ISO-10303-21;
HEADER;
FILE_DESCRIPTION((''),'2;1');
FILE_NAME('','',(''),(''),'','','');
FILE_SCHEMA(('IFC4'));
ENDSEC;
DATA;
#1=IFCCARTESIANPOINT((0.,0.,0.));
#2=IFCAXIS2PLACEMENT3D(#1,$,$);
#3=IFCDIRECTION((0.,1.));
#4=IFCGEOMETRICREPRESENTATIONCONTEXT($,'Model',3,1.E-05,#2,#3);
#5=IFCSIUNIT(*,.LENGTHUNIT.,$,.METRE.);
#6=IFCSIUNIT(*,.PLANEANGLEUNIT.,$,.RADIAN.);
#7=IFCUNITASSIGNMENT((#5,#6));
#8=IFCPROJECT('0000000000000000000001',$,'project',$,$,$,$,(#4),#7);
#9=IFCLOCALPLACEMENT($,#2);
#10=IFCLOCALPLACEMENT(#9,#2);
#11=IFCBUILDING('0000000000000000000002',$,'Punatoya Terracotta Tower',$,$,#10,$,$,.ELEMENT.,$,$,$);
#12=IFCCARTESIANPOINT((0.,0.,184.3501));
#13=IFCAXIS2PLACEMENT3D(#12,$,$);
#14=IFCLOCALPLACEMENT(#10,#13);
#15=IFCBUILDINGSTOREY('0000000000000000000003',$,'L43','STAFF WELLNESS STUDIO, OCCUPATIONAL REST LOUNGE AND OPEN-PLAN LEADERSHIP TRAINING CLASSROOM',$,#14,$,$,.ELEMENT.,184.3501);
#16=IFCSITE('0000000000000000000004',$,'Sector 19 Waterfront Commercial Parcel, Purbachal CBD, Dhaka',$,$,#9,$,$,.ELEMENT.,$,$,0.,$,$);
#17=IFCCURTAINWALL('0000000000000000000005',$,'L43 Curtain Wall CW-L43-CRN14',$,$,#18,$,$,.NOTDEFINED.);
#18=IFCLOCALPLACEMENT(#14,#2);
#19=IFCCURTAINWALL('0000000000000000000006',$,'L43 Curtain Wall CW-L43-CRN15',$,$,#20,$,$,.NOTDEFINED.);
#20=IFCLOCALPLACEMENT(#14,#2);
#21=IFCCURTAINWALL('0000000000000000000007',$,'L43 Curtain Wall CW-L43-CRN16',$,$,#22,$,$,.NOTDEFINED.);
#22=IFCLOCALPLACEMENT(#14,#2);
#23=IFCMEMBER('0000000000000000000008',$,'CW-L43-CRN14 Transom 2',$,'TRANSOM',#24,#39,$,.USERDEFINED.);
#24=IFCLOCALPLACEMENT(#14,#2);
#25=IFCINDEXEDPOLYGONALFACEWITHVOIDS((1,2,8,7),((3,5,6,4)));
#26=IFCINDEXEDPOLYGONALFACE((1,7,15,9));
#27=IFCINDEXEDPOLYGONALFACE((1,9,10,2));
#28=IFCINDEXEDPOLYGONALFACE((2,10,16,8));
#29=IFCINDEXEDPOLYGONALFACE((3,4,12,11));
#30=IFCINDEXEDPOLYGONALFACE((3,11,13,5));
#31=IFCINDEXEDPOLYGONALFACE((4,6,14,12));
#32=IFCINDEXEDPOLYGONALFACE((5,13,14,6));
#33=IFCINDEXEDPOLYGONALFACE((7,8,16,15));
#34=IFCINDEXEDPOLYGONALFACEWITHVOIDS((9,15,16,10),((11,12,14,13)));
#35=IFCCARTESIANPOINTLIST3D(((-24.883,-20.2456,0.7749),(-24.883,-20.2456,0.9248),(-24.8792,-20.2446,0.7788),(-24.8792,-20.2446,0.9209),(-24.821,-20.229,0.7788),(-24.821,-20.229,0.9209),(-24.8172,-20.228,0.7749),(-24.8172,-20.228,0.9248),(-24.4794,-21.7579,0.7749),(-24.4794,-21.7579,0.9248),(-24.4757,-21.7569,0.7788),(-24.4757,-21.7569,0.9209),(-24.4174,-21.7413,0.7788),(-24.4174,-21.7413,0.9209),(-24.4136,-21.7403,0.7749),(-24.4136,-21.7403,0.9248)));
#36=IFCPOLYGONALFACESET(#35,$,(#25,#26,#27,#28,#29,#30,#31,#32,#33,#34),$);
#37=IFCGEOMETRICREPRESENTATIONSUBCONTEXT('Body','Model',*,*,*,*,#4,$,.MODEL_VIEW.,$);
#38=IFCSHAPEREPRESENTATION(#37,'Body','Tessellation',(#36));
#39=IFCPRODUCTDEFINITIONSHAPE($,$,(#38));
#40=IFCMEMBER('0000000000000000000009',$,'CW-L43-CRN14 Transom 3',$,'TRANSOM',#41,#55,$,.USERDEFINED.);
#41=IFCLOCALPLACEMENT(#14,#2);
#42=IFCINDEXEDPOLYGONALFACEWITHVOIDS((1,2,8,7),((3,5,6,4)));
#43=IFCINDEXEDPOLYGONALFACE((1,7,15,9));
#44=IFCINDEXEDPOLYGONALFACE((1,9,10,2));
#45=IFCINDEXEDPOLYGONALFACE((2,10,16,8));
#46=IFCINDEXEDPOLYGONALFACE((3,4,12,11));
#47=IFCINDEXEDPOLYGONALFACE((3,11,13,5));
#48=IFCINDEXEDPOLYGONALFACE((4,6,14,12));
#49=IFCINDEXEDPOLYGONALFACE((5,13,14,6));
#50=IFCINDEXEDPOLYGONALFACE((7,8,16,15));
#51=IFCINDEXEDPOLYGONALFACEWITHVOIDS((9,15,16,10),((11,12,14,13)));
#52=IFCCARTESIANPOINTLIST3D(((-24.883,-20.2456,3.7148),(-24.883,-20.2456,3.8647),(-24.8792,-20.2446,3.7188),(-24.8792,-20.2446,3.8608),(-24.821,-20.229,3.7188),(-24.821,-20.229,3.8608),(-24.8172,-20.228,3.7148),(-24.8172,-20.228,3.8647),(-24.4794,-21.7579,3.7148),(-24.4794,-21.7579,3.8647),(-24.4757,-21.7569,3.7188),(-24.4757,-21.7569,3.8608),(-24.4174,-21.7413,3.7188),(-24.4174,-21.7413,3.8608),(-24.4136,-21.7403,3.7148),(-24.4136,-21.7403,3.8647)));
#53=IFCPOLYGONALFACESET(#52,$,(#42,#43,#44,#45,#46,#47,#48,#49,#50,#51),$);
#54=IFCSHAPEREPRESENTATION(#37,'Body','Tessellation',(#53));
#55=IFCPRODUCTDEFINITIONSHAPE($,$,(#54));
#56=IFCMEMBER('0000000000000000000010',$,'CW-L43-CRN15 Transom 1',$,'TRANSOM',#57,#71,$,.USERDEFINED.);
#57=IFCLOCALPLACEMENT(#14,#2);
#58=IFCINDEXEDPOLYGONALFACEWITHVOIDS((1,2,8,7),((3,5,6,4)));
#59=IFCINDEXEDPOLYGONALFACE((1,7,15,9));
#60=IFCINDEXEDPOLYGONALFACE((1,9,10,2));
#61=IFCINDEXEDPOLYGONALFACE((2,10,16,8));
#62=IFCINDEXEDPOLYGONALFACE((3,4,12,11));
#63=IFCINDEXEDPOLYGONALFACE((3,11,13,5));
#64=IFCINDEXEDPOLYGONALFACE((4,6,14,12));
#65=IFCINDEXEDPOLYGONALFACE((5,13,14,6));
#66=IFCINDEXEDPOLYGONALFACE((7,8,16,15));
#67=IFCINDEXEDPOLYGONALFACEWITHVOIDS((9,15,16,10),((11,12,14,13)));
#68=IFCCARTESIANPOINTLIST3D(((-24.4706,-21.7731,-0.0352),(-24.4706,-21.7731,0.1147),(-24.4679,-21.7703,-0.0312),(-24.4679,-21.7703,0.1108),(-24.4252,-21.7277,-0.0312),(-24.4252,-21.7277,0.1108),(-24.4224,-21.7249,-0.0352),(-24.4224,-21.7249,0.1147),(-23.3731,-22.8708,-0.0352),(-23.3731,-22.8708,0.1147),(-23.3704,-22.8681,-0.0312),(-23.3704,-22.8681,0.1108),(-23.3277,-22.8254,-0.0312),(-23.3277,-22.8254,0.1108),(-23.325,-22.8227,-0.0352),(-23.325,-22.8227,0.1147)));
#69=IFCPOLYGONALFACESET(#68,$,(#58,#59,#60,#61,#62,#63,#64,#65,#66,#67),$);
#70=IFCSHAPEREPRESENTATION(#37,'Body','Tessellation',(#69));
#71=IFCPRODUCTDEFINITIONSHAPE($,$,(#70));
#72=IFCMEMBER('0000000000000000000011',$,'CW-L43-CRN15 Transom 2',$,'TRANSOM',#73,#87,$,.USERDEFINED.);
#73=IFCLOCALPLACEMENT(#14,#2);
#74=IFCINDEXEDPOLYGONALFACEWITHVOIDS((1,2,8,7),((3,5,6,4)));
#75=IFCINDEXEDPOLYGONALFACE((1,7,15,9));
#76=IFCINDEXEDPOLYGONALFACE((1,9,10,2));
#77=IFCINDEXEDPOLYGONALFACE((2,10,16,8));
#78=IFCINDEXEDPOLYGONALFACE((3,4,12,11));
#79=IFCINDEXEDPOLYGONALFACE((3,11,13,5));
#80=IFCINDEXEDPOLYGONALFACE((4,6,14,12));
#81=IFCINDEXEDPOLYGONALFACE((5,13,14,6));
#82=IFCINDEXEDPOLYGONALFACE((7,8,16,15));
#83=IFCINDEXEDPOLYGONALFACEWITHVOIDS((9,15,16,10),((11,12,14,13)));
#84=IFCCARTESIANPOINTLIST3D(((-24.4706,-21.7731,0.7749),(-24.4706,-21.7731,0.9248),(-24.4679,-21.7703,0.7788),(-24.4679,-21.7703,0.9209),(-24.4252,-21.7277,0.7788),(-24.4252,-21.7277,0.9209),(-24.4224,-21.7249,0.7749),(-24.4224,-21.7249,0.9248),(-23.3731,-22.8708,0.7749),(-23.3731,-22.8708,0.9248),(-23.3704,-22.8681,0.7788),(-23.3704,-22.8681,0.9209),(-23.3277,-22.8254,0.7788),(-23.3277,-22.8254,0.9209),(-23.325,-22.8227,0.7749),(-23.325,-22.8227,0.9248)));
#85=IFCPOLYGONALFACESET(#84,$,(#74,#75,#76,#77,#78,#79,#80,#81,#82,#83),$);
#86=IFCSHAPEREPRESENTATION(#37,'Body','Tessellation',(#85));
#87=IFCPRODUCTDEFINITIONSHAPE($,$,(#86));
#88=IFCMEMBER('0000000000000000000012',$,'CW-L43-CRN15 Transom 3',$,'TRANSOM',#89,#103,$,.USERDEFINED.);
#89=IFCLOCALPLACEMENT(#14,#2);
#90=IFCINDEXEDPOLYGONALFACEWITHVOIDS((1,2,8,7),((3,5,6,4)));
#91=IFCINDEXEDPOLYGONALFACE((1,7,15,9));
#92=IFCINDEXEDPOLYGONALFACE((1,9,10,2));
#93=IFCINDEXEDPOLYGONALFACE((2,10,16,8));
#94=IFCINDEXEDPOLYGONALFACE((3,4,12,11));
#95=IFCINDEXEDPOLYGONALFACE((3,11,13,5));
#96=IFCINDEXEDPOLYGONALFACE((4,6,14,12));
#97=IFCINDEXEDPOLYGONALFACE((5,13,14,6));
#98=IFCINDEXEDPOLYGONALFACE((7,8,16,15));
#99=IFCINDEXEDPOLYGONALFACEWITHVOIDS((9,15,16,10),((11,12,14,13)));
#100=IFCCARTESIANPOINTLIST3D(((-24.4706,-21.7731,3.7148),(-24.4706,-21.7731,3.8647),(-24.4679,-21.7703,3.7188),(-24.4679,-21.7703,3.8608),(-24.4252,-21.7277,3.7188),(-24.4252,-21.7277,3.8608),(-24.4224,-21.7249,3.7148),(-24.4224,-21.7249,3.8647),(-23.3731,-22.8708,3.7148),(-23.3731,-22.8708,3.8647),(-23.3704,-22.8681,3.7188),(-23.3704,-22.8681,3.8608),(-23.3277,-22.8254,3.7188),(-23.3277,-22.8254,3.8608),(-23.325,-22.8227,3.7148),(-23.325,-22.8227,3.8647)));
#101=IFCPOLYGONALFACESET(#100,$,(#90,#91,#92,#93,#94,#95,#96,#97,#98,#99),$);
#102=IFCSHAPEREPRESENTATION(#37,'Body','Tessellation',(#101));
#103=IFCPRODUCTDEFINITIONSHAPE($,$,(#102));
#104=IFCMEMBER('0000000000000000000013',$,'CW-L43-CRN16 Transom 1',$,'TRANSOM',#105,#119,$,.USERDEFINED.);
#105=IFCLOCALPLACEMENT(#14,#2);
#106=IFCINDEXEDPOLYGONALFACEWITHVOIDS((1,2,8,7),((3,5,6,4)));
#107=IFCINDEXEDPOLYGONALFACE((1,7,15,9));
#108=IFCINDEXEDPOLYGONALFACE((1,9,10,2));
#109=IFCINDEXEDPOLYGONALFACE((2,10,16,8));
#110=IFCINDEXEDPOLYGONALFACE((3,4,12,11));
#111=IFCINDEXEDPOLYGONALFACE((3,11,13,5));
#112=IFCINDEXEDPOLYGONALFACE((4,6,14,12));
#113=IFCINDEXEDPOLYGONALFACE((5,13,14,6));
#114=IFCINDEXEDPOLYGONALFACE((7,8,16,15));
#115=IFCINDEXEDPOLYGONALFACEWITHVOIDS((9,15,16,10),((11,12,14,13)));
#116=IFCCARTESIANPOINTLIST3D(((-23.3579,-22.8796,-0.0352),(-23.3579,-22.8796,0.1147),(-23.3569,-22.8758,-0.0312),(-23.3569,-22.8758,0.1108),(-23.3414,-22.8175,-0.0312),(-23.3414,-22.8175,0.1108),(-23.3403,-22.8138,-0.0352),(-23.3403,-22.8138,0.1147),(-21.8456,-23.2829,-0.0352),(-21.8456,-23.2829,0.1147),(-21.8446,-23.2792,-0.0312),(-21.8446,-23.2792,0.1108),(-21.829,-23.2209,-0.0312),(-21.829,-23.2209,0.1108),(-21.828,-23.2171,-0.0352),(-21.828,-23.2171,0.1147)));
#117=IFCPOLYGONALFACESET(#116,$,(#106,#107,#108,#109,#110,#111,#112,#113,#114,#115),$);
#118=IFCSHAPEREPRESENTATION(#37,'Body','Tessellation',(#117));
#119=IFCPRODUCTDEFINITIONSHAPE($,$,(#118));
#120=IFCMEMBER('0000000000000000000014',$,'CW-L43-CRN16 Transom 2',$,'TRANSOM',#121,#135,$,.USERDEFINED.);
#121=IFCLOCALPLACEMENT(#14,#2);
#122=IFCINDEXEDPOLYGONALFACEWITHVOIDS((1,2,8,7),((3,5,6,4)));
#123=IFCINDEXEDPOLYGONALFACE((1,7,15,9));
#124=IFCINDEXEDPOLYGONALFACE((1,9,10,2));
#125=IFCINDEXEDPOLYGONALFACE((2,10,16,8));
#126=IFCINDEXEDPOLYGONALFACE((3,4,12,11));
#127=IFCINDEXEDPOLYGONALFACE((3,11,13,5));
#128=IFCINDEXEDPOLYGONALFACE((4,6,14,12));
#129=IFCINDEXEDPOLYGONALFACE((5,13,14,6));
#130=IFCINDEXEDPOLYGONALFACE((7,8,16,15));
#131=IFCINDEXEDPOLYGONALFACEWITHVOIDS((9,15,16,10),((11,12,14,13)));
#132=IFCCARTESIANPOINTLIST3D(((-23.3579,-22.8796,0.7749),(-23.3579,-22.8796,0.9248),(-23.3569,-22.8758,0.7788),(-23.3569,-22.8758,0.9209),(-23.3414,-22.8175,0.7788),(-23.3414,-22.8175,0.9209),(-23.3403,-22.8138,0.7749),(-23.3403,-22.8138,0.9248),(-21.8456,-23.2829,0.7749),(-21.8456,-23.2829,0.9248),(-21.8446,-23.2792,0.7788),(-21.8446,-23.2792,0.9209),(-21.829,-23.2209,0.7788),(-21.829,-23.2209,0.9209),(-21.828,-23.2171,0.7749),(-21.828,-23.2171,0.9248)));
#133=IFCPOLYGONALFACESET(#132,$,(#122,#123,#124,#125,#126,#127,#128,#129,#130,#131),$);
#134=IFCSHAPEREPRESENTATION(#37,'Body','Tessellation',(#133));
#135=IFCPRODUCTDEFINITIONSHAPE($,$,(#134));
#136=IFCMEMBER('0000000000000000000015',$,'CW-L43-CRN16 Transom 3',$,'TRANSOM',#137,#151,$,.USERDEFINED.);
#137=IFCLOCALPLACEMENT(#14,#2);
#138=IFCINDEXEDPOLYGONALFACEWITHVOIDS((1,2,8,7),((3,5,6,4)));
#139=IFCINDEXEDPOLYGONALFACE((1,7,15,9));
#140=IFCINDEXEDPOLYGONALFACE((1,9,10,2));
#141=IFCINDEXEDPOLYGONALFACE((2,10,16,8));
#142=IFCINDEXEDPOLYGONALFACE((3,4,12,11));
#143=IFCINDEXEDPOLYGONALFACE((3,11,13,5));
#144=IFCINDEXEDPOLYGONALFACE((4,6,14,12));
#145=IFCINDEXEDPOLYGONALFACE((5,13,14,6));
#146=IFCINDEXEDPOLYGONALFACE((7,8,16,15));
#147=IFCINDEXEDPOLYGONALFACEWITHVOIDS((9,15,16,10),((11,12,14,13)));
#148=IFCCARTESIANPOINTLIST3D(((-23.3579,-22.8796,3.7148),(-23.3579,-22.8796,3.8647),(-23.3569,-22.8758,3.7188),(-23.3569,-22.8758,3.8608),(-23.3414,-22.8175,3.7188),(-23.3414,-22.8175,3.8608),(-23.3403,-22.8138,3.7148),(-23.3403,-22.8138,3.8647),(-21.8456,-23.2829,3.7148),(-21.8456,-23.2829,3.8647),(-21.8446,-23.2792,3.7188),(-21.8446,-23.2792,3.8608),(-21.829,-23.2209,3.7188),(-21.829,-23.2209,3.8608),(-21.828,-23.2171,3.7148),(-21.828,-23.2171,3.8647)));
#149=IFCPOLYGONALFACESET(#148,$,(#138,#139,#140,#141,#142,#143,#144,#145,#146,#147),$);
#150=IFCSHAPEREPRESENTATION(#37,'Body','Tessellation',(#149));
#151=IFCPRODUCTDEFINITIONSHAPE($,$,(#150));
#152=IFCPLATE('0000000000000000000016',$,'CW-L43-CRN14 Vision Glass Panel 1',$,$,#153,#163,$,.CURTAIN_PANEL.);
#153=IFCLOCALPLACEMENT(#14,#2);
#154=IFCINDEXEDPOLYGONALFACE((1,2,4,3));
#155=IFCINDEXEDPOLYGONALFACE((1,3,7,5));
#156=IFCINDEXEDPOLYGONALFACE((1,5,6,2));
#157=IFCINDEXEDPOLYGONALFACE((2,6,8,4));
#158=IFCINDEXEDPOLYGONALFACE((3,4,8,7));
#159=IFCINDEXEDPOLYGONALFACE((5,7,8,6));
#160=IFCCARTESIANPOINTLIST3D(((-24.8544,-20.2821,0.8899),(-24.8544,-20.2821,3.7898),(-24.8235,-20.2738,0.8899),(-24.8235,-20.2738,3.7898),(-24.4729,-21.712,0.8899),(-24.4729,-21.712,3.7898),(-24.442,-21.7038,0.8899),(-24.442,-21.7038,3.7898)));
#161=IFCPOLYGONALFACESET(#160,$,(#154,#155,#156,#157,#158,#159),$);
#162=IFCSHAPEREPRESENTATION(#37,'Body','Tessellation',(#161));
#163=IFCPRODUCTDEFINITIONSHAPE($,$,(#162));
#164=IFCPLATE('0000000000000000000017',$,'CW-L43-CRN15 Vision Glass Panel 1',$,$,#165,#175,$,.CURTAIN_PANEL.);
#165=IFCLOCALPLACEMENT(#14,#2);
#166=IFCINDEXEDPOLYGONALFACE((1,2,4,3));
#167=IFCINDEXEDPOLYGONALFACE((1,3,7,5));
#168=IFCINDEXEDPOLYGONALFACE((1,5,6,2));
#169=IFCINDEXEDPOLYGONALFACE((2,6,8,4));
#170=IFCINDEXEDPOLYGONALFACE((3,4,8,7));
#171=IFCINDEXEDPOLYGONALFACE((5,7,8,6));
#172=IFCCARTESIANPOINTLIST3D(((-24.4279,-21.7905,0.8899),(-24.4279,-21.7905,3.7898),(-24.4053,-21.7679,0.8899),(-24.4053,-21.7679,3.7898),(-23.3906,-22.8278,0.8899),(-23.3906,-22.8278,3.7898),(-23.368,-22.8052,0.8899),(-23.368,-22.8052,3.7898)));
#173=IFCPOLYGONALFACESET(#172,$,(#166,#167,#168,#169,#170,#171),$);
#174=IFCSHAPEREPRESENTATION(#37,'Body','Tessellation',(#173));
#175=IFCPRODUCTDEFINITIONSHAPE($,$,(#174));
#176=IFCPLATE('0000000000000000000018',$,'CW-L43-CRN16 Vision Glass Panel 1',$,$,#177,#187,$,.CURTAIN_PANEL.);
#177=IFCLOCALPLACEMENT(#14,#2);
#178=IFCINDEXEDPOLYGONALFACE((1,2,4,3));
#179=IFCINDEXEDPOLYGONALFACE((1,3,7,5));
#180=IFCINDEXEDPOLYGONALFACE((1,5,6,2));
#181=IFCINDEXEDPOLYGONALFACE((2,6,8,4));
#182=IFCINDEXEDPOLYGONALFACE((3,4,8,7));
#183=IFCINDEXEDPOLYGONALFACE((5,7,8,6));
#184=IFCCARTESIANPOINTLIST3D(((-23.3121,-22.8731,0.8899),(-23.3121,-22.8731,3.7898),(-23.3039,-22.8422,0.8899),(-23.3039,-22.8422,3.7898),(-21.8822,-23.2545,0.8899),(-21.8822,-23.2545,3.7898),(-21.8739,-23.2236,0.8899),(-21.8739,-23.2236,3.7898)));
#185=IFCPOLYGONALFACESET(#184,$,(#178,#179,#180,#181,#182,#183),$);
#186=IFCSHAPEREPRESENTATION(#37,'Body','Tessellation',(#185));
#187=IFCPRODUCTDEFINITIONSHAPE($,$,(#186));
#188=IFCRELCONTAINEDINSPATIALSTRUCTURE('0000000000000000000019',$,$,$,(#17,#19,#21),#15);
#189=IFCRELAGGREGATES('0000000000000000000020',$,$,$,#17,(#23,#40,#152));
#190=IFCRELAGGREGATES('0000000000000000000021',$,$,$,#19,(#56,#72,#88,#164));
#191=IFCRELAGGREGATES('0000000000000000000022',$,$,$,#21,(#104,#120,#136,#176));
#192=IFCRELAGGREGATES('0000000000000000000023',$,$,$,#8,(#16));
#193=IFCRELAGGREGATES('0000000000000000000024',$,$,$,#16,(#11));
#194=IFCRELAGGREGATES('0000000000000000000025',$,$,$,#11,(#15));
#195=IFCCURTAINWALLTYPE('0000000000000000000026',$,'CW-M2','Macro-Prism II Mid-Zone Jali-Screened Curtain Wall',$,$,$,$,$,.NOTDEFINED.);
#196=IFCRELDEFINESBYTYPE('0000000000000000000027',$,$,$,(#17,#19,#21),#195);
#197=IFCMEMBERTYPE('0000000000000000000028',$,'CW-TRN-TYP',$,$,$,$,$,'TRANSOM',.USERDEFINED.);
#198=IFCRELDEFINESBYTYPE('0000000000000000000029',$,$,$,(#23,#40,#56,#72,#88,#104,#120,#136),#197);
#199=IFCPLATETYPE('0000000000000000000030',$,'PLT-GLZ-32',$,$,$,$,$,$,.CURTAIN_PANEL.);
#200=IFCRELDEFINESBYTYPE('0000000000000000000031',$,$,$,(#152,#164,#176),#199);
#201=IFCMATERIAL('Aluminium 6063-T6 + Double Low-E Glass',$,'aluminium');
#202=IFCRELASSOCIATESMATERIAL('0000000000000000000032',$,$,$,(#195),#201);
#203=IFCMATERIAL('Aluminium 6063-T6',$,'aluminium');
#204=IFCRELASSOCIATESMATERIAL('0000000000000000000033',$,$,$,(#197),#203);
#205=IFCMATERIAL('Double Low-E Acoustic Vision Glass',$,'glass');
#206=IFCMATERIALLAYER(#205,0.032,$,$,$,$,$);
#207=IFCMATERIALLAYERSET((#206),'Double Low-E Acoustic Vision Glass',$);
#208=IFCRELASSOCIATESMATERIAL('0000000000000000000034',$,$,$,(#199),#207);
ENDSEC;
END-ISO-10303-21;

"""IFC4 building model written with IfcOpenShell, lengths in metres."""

from ifc_helpers import new_model, si_unit, direction, frame, origin, origin_2d, place, context, subcontext, project, spatial, rectangle, hollow_rectangle, extrude, material, layer, layer_set, material_profile, profile_set, type_object, element, aggregate, save


model = new_model("IFC4")

# Units and contexts
model_context = context("Model", 3, precision=1e-05, world=origin(), true_north=direction((0.0, 1.0)))
body_context = subcontext(model_context, "Body", "Model", "MODEL_VIEW")
ifc_project = project(units=[si_unit("LENGTHUNIT", "METRE"), si_unit("PLANEANGLEUNIT", "RADIAN")], contexts=[model_context])

# Site, building, storey
site_placement = place(None, origin())
site = spatial("IfcSite", under=ifc_project, at=site_placement, Name="Sector 19 Waterfront Commercial Parcel, Purbachal CBD, Dhaka", CompositionType="ELEMENT", RefElevation=0.0)
building_placement = place(site_placement, origin())
building = spatial("IfcBuilding", under=site, at=building_placement, Name="Punatoya Terracotta Tower", CompositionType="ELEMENT")
storey_placement = place(building_placement, frame((0.0, 0.0, 184.3501)))
storey = spatial("IfcBuildingStorey", under=building, at=storey_placement, Name="L43", Description="STAFF WELLNESS STUDIO, OCCUPATIONAL REST LOUNGE AND OPEN-PLAN LEADERSHIP TRAINING CLASSROOM", CompositionType="ELEMENT", Elevation=184.3501)

# Shared definitions
ifc_material_1 = material(Name="Aluminium 6063-T6 + Double Low-E Glass", Category="aluminium")
curtain_wall_type = type_object("IfcCurtainWallType", Name="CW-M2", Description="Macro-Prism II Mid-Zone Jali-Screened Curtain Wall", PredefinedType="NOTDEFINED", material=ifc_material_1)
ifc_material_2 = material(Name="Aluminium 6063-T6", Category="aluminium")

# Curtain walls
curtain_wall_1_placement = place(storey_placement, origin())
curtain_wall_1 = element("IfcCurtainWall", 1, at=curtain_wall_1_placement, inside=storey, type_object=curtain_wall_type, Name="L43 Curtain Wall CW-L43-CRN14", PredefinedType="NOTDEFINED")
curtain_wall_2_placement = place(storey_placement, origin())
curtain_wall_2 = element("IfcCurtainWall", 2, at=curtain_wall_2_placement, inside=storey, type_object=curtain_wall_type, Name="L43 Curtain Wall CW-L43-CRN15", PredefinedType="NOTDEFINED")
curtain_wall_3_placement = place(storey_placement, origin())
curtain_wall_3 = element("IfcCurtainWall", 3, at=curtain_wall_3_placement, inside=storey, type_object=curtain_wall_type, Name="L43 Curtain Wall CW-L43-CRN16", PredefinedType="NOTDEFINED")

# Members
ifc_material_profile_1 = material_profile(ifc_material_2, hollow_rectangle(XDim=0.0681, YDim=0.1499, WallThickness=0.0039, at=origin_2d()))
ifc_profile_set_1 = profile_set([ifc_material_profile_1], Name="Aluminium 6063-T6")
member_type_1 = type_object("IfcMemberType", Name="CW-TRN-TYP", ElementType="TRANSOM", PredefinedType="USERDEFINED", material=ifc_profile_set_1)
member_1_placement = place(storey_placement, frame((-24.8501, -20.2368, 0.8499), z_axis=(0.257847, -0.966186, 0.0), x_axis=(0.966186, 0.257847, 0.0)))
member_1 = element("IfcMember", 4, at=member_1_placement, type_object=member_type_1, Name="CW-L43-CRN14 Transom 2", ObjectType="TRANSOM", PredefinedType="USERDEFINED", context=body_context, shape_type="SweptSolid", body=[
    extrude(hollow_rectangle(XDim=0.0681, YDim=0.1499, WallThickness=0.0039, at=origin_2d()), origin(), (0.0, 0.0, 1.0), 1.5652),
])
member_2_placement = place(storey_placement, frame((-24.8501, -20.2368, 3.7898), z_axis=(0.257847, -0.966186, 0.0), x_axis=(0.966186, 0.257847, 0.0)))
member_2 = element("IfcMember", 5, at=member_2_placement, type_object=member_type_1, Name="CW-L43-CRN14 Transom 3", ObjectType="TRANSOM", PredefinedType="USERDEFINED", context=body_context, shape_type="SweptSolid", body=[
    extrude(hollow_rectangle(XDim=0.0681, YDim=0.1499, WallThickness=0.0039, at=origin_2d()), origin(), (0.0, 0.0, 1.0), 1.5652),
])
member_3_placement = place(storey_placement, frame((-24.4465, -21.749, 0.0398), z_axis=(0.707028, -0.707185, 0.0), x_axis=(0.707185, 0.707028, 0.0)))
member_3 = element("IfcMember", 6, at=member_3_placement, type_object=member_type_1, Name="CW-L43-CRN15 Transom 1", ObjectType="TRANSOM", PredefinedType="USERDEFINED", context=body_context, shape_type="SweptSolid", body=[
    extrude(hollow_rectangle(XDim=0.0681, YDim=0.1499, WallThickness=0.0039, at=origin_2d()), origin(), (0.0, 0.0, 1.0), 1.5522),
])
member_4_placement = place(storey_placement, frame((-24.4465, -21.749, 0.8499), z_axis=(0.707028, -0.707185, 0.0), x_axis=(0.707185, 0.707028, 0.0)))
member_4 = element("IfcMember", 7, at=member_4_placement, type_object=member_type_1, Name="CW-L43-CRN15 Transom 2", ObjectType="TRANSOM", PredefinedType="USERDEFINED", context=body_context, shape_type="SweptSolid", body=[
    extrude(hollow_rectangle(XDim=0.0681, YDim=0.1499, WallThickness=0.0039, at=origin_2d()), origin(), (0.0, 0.0, 1.0), 1.5522),
])
member_5_placement = place(storey_placement, frame((-24.4465, -21.749, 3.7898), z_axis=(0.707028, -0.707185, 0.0), x_axis=(0.707185, 0.707028, 0.0)))
member_5 = element("IfcMember", 8, at=member_5_placement, type_object=member_type_1, Name="CW-L43-CRN15 Transom 3", ObjectType="TRANSOM", PredefinedType="USERDEFINED", context=body_context, shape_type="SweptSolid", body=[
    extrude(hollow_rectangle(XDim=0.0681, YDim=0.1499, WallThickness=0.0039, at=origin_2d()), origin(), (0.0, 0.0, 1.0), 1.5522),
])
member_6_placement = place(storey_placement, frame((-23.3491, -22.8467, 0.0398), z_axis=(0.966225, -0.257701, 0.0), x_axis=(0.257701, 0.966225, 0.0)))
member_6 = element("IfcMember", 9, at=member_6_placement, type_object=member_type_1, Name="CW-L43-CRN16 Transom 1", ObjectType="TRANSOM", PredefinedType="USERDEFINED", context=body_context, shape_type="SweptSolid", body=[
    extrude(hollow_rectangle(XDim=0.0681, YDim=0.1499, WallThickness=0.0039, at=origin_2d()), origin(), (0.0, 0.0, 1.0), 1.5652),
])
member_7_placement = place(storey_placement, frame((-23.3491, -22.8467, 0.8499), z_axis=(0.966225, -0.257701, 0.0), x_axis=(0.257701, 0.966225, 0.0)))
member_7 = element("IfcMember", 10, at=member_7_placement, type_object=member_type_1, Name="CW-L43-CRN16 Transom 2", ObjectType="TRANSOM", PredefinedType="USERDEFINED", context=body_context, shape_type="SweptSolid", body=[
    extrude(hollow_rectangle(XDim=0.0681, YDim=0.1499, WallThickness=0.0039, at=origin_2d()), origin(), (0.0, 0.0, 1.0), 1.5652),
])
member_8_placement = place(storey_placement, frame((-23.3491, -22.8467, 3.7898), z_axis=(0.966225, -0.257701, 0.0), x_axis=(0.257701, 0.966225, 0.0)))
member_8 = element("IfcMember", 11, at=member_8_placement, type_object=member_type_1, Name="CW-L43-CRN16 Transom 3", ObjectType="TRANSOM", PredefinedType="USERDEFINED", context=body_context, shape_type="SweptSolid", body=[
    extrude(hollow_rectangle(XDim=0.0681, YDim=0.1499, WallThickness=0.0039, at=origin_2d()), origin(), (0.0, 0.0, 1.0), 1.5652),
])

# Plates
ifc_material_3 = material(Name="Double Low-E Acoustic Vision Glass", Category="glass")
ifc_layer_1 = layer(ifc_material_3, 0.032)
ifc_layer_set_1 = layer_set([ifc_layer_1], Name="Double Low-E Acoustic Vision Glass")
plate_type_1 = type_object("IfcPlateType", Name="PLT-GLZ-32", PredefinedType="CURTAIN_PANEL", material=ifc_layer_set_1)
plate_1_placement = place(storey_placement, frame((-24.6482, -20.9929, 0.8899), z_axis=(0.0, 0.0, 1.0), x_axis=(0.257742, -0.966214, 0.0)))
plate_1 = element("IfcPlate", 12, at=plate_1_placement, type_object=plate_type_1, Name="CW-L43-CRN14 Vision Glass Panel 1", PredefinedType="CURTAIN_PANEL", context=body_context, shape_type="SweptSolid", body=[
    extrude(rectangle(XDim=1.48, YDim=0.032, at=origin_2d()), origin(), (0.0, 0.0, 1.0), 2.8999),
])
plate_2_placement = place(storey_placement, frame((-23.8979, -22.2979, 0.8899), z_axis=(0.0, 0.0, 1.0), x_axis=(0.707107, -0.707107, 0.0)))
plate_2 = element("IfcPlate", 13, at=plate_2_placement, type_object=plate_type_1, Name="CW-L43-CRN15 Vision Glass Panel 1", PredefinedType="CURTAIN_PANEL", context=body_context, shape_type="SweptSolid", body=[
    extrude(rectangle(XDim=1.467, YDim=0.032, at=origin_2d()), origin(), (0.0, 0.0, 1.0), 2.8999),
])
plate_3_placement = place(storey_placement, frame((-22.593, -23.0483, 0.8899), z_axis=(0.0, 0.0, 1.0), x_axis=(0.966214, -0.257742, 0.0)))
plate_3 = element("IfcPlate", 14, at=plate_3_placement, type_object=plate_type_1, Name="CW-L43-CRN16 Vision Glass Panel 1", PredefinedType="CURTAIN_PANEL", context=body_context, shape_type="SweptSolid", body=[
    extrude(rectangle(XDim=1.48, YDim=0.032, at=origin_2d()), origin(), (0.0, 0.0, 1.0), 2.8999),
])
aggregate(curtain_wall_1, [member_1, member_2, plate_1])
aggregate(curtain_wall_2, [member_3, member_4, member_5, plate_2])
aggregate(curtain_wall_3, [member_6, member_7, member_8, plate_3])

save(model, "model.ifc")
